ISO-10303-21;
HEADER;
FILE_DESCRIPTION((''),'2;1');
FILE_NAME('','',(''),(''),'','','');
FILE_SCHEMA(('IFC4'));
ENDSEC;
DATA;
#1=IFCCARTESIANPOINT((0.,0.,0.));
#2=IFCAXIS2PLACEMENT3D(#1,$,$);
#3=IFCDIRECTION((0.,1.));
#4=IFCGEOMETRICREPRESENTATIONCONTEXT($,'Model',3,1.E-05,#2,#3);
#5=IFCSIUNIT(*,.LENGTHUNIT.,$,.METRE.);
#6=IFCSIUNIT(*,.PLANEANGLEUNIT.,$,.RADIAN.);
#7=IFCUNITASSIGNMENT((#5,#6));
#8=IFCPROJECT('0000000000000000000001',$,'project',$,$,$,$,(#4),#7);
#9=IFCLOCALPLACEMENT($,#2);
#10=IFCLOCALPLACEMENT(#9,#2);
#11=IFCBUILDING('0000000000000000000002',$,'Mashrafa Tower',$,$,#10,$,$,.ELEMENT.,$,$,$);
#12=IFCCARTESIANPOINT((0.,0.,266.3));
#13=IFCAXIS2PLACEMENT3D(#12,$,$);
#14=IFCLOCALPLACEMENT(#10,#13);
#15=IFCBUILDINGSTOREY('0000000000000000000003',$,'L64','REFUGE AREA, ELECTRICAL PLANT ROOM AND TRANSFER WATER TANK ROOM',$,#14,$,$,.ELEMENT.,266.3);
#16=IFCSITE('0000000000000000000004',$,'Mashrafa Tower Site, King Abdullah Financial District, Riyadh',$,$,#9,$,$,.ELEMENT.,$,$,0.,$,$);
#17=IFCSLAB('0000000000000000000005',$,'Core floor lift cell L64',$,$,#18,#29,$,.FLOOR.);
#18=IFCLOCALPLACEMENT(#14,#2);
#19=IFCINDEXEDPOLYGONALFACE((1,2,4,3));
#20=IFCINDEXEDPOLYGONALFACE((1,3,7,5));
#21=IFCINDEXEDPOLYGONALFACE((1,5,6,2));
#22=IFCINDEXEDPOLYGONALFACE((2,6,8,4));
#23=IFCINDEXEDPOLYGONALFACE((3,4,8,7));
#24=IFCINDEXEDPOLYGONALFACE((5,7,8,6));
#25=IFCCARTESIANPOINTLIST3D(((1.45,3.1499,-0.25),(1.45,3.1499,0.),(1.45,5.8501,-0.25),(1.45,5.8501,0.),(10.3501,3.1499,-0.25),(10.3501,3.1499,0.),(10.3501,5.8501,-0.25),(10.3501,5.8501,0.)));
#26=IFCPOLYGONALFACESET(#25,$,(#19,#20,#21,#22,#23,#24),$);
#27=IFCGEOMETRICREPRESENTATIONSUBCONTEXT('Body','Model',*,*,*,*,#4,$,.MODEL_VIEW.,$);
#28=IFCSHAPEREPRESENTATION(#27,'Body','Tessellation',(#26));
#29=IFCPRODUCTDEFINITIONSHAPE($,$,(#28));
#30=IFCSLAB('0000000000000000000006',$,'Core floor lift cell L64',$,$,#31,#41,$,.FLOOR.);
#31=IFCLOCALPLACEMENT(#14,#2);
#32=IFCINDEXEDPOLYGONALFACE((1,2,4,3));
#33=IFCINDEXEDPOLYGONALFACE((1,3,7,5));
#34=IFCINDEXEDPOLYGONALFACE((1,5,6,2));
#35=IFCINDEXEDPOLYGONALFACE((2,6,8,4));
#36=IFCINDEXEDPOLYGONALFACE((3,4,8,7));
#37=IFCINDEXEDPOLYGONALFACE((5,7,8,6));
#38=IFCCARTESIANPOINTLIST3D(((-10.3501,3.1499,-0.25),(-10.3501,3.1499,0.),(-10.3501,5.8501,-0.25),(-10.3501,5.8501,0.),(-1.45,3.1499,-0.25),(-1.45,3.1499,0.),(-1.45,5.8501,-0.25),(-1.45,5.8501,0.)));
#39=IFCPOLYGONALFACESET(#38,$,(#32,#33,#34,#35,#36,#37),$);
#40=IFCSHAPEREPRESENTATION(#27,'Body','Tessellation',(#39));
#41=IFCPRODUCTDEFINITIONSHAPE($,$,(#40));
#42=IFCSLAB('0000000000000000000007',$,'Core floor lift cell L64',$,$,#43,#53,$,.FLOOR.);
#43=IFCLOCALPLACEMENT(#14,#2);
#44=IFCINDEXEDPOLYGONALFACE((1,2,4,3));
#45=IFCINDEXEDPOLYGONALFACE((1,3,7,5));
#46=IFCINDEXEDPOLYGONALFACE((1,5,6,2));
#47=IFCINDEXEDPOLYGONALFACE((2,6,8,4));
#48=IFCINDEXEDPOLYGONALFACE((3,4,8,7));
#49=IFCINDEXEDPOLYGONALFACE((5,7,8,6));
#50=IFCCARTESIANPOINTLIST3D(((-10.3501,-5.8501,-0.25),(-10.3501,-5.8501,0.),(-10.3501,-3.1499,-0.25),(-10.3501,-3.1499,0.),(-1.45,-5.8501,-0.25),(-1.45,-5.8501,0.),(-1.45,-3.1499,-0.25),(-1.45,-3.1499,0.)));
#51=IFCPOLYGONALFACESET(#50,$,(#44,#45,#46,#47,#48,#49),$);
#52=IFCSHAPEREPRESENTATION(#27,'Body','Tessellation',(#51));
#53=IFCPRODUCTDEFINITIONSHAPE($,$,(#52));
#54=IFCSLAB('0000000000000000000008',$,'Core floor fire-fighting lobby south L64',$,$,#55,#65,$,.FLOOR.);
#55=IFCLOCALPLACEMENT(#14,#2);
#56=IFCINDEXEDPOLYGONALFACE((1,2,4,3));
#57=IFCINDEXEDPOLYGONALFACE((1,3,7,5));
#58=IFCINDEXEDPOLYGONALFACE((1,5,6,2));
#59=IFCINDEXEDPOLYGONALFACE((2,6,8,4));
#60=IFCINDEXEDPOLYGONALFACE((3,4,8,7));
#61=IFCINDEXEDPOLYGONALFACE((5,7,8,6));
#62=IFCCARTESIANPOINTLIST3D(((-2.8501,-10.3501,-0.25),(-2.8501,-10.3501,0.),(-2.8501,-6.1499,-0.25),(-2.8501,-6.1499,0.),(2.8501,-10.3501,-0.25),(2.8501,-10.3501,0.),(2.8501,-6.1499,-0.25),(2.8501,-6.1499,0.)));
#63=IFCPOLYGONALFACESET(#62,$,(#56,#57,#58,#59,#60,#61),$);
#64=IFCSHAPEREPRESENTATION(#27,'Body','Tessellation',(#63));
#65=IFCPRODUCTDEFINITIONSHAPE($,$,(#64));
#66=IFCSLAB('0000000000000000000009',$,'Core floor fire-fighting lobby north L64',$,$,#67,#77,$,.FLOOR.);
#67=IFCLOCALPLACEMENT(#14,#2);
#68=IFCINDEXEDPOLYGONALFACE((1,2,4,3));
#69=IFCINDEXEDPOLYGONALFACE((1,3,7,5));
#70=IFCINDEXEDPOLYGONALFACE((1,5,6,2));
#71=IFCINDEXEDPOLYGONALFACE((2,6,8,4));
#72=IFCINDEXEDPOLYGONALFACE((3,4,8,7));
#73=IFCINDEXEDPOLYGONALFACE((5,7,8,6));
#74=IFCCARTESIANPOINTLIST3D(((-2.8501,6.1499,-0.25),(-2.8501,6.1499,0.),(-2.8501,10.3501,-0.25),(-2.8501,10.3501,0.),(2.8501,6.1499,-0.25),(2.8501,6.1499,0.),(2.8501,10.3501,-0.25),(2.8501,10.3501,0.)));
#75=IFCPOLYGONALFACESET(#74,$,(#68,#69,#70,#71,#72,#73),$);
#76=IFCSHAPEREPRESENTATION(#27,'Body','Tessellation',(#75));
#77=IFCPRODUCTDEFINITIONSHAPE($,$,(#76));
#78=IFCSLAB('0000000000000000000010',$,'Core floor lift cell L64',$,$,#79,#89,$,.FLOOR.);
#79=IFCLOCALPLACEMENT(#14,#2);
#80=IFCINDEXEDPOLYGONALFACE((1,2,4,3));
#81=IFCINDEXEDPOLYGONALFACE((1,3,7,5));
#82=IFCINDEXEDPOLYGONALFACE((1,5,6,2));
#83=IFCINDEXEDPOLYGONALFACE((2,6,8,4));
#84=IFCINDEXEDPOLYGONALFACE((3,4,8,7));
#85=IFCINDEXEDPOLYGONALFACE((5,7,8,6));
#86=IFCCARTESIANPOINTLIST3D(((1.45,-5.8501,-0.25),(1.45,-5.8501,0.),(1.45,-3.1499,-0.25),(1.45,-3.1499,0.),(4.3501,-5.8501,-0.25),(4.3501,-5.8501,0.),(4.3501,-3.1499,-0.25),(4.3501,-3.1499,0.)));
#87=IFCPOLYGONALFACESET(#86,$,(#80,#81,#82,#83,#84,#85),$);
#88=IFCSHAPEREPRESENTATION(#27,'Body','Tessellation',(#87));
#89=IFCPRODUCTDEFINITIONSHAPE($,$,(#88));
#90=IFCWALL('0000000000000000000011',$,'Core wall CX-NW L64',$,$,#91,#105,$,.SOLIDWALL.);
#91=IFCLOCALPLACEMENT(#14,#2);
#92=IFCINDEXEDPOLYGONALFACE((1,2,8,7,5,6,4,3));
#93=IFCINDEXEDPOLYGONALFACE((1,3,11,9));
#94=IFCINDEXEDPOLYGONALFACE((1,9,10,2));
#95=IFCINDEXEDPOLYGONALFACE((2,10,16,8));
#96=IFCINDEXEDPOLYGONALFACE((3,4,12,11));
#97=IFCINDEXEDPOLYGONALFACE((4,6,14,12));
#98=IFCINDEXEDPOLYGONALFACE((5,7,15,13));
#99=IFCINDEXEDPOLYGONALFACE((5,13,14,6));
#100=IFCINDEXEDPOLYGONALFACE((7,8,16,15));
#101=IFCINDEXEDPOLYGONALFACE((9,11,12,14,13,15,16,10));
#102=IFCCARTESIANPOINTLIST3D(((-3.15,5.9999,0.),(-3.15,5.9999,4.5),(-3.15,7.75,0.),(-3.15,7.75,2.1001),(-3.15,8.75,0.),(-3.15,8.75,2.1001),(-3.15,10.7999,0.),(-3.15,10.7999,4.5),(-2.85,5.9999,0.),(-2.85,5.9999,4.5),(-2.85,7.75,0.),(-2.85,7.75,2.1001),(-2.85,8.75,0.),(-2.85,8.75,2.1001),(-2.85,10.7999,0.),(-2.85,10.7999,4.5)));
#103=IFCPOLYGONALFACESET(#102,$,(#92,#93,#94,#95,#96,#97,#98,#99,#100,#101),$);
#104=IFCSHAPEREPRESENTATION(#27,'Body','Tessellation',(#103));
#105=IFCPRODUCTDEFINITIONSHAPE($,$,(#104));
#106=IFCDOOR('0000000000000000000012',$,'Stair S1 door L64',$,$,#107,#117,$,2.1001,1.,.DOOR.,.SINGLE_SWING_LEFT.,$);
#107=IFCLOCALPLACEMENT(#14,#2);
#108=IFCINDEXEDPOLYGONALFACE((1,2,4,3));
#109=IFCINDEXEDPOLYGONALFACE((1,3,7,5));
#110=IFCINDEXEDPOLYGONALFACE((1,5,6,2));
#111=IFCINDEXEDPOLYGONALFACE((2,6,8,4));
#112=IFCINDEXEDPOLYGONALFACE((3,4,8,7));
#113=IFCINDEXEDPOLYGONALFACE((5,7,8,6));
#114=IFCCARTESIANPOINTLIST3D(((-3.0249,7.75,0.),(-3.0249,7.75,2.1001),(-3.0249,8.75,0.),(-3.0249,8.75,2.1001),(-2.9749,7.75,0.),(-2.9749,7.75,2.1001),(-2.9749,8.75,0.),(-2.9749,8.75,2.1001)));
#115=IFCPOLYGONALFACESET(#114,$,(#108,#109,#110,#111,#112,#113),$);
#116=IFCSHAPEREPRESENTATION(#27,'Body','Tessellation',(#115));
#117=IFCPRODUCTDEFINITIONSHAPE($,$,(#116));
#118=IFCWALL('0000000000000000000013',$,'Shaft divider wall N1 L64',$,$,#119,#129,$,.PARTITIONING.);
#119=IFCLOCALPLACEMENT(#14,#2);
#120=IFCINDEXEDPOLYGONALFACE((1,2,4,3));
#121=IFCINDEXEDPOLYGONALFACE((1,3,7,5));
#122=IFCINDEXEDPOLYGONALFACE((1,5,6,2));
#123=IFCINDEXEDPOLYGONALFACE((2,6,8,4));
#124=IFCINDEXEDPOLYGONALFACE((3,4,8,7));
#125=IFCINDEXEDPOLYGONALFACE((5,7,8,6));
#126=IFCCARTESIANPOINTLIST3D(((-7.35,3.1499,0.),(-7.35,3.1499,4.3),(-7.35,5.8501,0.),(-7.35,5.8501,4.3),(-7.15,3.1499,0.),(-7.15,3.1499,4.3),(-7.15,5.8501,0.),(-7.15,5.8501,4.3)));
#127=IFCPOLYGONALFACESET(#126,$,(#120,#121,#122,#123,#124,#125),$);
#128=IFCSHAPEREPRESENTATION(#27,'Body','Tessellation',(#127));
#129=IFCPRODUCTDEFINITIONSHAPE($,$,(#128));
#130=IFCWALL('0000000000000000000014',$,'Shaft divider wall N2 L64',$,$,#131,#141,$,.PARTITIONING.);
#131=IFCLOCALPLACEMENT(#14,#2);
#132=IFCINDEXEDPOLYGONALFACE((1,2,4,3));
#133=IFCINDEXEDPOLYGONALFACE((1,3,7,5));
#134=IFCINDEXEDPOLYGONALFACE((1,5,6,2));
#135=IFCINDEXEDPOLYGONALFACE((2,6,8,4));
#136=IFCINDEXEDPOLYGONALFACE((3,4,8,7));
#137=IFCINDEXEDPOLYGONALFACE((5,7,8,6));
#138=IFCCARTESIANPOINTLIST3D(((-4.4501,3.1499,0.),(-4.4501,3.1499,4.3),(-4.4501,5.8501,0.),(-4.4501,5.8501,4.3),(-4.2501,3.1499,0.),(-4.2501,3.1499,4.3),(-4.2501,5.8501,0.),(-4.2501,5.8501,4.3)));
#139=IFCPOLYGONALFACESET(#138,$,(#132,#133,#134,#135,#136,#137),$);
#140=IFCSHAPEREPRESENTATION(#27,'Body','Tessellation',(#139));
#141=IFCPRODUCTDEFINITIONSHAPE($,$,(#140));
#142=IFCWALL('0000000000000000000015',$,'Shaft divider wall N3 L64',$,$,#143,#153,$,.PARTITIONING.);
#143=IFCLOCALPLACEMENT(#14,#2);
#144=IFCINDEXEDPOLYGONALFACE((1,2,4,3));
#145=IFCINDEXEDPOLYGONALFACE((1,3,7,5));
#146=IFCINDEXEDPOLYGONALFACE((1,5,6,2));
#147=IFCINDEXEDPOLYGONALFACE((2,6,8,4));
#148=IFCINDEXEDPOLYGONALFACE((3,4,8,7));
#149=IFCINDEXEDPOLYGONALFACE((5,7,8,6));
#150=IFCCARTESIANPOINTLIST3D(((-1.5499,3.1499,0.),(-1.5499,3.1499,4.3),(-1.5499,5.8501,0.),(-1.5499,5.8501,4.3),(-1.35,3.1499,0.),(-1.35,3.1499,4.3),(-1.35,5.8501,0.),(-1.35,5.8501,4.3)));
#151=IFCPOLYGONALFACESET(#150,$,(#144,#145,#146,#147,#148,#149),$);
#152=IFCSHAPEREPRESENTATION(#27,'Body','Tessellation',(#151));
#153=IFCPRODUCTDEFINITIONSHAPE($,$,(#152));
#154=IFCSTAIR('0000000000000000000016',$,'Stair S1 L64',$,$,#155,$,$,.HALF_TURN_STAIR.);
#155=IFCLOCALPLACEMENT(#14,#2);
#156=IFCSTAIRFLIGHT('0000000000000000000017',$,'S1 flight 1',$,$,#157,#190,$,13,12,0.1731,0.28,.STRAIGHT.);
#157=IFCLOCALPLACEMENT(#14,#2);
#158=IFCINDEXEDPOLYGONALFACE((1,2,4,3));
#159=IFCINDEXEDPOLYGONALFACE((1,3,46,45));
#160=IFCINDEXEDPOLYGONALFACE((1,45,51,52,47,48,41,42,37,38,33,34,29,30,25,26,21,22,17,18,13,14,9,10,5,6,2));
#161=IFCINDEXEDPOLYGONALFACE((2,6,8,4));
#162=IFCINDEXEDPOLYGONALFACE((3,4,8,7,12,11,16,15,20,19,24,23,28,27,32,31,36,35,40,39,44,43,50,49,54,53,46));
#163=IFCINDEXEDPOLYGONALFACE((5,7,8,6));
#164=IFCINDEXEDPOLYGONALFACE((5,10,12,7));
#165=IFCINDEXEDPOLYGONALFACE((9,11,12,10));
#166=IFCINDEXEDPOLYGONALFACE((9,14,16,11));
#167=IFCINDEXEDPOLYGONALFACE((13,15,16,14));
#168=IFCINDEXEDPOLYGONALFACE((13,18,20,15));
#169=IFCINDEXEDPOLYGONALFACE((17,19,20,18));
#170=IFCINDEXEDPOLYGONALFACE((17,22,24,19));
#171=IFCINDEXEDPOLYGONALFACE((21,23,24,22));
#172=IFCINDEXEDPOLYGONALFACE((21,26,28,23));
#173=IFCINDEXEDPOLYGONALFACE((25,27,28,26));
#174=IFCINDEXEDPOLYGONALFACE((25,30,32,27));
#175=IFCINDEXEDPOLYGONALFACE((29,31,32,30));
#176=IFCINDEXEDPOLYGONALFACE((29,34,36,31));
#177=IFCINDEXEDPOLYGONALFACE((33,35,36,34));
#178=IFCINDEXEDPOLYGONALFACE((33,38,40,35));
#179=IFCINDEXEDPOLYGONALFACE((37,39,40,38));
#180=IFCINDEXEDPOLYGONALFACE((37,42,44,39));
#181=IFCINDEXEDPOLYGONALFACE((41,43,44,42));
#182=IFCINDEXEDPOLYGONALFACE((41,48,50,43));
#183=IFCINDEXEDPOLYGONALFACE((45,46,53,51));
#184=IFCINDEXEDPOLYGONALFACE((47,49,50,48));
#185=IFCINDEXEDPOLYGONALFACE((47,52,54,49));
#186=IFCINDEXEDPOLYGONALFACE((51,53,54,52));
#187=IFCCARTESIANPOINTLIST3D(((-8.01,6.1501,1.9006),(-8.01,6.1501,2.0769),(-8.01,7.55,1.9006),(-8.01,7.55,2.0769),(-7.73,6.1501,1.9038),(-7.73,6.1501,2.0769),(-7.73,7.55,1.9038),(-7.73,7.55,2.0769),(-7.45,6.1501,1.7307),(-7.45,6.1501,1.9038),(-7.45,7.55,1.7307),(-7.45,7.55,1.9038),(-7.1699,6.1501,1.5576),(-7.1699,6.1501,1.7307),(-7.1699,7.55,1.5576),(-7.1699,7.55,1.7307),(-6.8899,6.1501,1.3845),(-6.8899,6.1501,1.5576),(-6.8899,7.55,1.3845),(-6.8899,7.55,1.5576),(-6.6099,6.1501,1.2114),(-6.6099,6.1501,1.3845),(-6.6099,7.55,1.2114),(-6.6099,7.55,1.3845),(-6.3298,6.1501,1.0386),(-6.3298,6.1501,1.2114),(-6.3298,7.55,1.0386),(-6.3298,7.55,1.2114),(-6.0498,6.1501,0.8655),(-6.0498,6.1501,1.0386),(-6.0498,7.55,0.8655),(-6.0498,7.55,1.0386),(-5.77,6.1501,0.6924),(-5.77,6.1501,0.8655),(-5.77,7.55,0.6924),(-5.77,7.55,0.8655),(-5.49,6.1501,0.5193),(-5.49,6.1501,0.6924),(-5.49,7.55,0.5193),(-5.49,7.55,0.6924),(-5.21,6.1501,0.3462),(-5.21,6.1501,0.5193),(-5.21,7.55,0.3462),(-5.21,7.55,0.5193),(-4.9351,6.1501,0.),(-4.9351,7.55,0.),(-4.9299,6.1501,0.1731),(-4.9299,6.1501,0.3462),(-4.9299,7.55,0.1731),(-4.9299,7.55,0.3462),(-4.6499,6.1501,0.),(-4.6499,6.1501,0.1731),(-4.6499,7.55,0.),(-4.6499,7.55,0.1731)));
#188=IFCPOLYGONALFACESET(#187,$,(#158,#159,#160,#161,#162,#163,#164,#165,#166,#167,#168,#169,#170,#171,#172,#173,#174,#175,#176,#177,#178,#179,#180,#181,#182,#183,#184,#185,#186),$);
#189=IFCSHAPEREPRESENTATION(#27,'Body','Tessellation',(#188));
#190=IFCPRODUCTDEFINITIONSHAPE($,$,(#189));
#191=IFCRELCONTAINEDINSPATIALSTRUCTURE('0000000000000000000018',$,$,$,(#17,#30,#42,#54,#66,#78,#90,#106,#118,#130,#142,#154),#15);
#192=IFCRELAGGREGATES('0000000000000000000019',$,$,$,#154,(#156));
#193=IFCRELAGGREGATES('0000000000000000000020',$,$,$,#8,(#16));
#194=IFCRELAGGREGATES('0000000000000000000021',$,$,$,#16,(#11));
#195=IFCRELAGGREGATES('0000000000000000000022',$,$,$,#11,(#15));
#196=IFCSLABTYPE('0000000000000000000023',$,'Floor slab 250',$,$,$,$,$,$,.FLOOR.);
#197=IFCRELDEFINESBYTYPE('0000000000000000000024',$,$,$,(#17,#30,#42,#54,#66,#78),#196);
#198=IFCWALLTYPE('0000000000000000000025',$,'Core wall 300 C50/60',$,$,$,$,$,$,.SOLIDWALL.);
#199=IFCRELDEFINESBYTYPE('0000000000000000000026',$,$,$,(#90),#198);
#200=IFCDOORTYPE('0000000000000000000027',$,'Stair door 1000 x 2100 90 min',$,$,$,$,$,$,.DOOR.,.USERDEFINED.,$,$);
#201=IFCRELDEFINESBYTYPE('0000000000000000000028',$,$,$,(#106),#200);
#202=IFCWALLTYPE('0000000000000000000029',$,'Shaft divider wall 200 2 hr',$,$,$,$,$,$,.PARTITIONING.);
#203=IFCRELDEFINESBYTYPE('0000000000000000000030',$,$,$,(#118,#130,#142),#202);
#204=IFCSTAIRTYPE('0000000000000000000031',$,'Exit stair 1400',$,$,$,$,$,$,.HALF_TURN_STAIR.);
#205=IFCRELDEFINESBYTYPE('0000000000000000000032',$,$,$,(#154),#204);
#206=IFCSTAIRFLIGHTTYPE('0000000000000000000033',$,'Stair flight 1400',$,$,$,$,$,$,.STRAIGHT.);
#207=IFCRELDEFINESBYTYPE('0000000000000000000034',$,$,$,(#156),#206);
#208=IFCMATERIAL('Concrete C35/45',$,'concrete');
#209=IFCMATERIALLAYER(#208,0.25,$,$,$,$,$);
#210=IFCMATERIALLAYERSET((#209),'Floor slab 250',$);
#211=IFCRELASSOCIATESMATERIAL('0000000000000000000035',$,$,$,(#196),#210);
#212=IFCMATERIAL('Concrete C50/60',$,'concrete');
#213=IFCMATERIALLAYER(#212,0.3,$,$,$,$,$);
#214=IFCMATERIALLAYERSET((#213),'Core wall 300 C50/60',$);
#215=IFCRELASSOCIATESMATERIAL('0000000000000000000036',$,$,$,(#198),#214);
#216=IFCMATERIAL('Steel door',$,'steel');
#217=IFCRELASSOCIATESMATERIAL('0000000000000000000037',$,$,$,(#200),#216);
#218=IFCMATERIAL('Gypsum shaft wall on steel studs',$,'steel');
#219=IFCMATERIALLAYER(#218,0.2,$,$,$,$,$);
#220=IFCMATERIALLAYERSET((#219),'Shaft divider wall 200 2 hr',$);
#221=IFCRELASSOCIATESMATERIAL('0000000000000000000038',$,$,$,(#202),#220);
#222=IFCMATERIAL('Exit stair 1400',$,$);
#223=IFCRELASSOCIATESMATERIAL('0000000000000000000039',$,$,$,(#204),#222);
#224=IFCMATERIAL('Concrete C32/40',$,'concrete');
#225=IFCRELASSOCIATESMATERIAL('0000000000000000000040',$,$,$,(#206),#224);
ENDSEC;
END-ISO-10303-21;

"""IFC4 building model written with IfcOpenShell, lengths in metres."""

from ifc_helpers import new_model, si_unit, direction, frame, frame_2d, origin, place, context, subcontext, project, spatial, polyline, rectangle, outline, extrude, material, layer, layer_set, type_object, element, fill, aggregate, save


model = new_model("IFC4")

# Units and contexts
model_context = context("Model", 3, precision=1e-05, world=origin(), true_north=direction((0.0, 1.0)))
body_context = subcontext(model_context, "Body", "Model", "MODEL_VIEW")
ifc_project = project(units=[si_unit("LENGTHUNIT", "METRE"), si_unit("PLANEANGLEUNIT", "RADIAN")], contexts=[model_context])

# Site, building, storey
site_placement = place(None, origin())
site = spatial("IfcSite", under=ifc_project, at=site_placement, Name="Mashrafa Tower Site, King Abdullah Financial District, Riyadh", CompositionType="ELEMENT", RefElevation=0.0)
building_placement = place(site_placement, origin())
building = spatial("IfcBuilding", under=site, at=building_placement, Name="Mashrafa Tower", CompositionType="ELEMENT")
storey_placement = place(building_placement, frame((0.0, 0.0, 266.3)))
storey = spatial("IfcBuildingStorey", under=building, at=storey_placement, Name="L64", Description="REFUGE AREA, ELECTRICAL PLANT ROOM AND TRANSFER WATER TANK ROOM", CompositionType="ELEMENT", Elevation=266.3)

# Slabs
ifc_material_1 = material(Name="Concrete C35/45", Category="concrete")
ifc_layer_1 = layer(ifc_material_1, 0.25)
ifc_layer_set_1 = layer_set([ifc_layer_1], Name="Floor slab 250")
slab_type = type_object("IfcSlabType", Name="Floor slab 250", PredefinedType="FLOOR", material=ifc_layer_set_1)
slab_1_placement = place(storey_placement, frame((0.0, 0.0, -0.25)))
element("IfcSlab", 1, at=slab_1_placement, inside=storey, type_object=slab_type, Name="Core floor lift cell L64", PredefinedType="FLOOR", context=body_context, shape_type="SweptSolid", body=[
    extrude(outline(polyline([(10.3501, 5.8501), (10.3501, 3.1499), (1.45, 3.1499), (1.45, 5.8501), (10.3501, 5.8501)])), origin(), (0.0, 0.0, 1.0), 0.25),
])
slab_2_placement = place(storey_placement, frame((0.0, 0.0, -0.25)))
element("IfcSlab", 2, at=slab_2_placement, inside=storey, type_object=slab_type, Name="Core floor lift cell L64", PredefinedType="FLOOR", context=body_context, shape_type="SweptSolid", body=[
    extrude(outline(polyline([(-1.45, 3.1499), (-10.3501, 3.1499), (-10.3501, 5.8501), (-1.45, 5.8501), (-1.45, 3.1499)])), origin(), (0.0, 0.0, 1.0), 0.25),
])
slab_3_placement = place(storey_placement, frame((0.0, 0.0, -0.25)))
element("IfcSlab", 3, at=slab_3_placement, inside=storey, type_object=slab_type, Name="Core floor lift cell L64", PredefinedType="FLOOR", context=body_context, shape_type="SweptSolid", body=[
    extrude(outline(polyline([(-1.45, -3.1499), (-1.45, -5.8501), (-10.3501, -5.8501), (-10.3501, -3.1499), (-1.45, -3.1499)])), origin(), (0.0, 0.0, 1.0), 0.25),
])
slab_4_placement = place(storey_placement, frame((0.0, 0.0, -0.25)))
element("IfcSlab", 4, at=slab_4_placement, inside=storey, type_object=slab_type, Name="Core floor fire-fighting lobby south L64", PredefinedType="FLOOR", context=body_context, shape_type="SweptSolid", body=[
    extrude(outline(polyline([(2.8501, -6.1499), (2.8501, -10.3501), (-2.8501, -10.3501), (-2.8501, -6.1499), (2.8501, -6.1499)])), origin(), (0.0, 0.0, 1.0), 0.25),
])
slab_5_placement = place(storey_placement, frame((0.0, 0.0, -0.25)))
element("IfcSlab", 5, at=slab_5_placement, inside=storey, type_object=slab_type, Name="Core floor fire-fighting lobby north L64", PredefinedType="FLOOR", context=body_context, shape_type="SweptSolid", body=[
    extrude(outline(polyline([(-2.8501, 10.3501), (2.8501, 10.3501), (2.8501, 6.1499), (-2.8501, 6.1499), (-2.8501, 10.3501)])), origin(), (0.0, 0.0, 1.0), 0.25),
])
slab_6_placement = place(storey_placement, frame((0.0, 0.0, -0.25)))
element("IfcSlab", 6, at=slab_6_placement, inside=storey, type_object=slab_type, Name="Core floor lift cell L64", PredefinedType="FLOOR", context=body_context, shape_type="SweptSolid", body=[
    extrude(outline(polyline([(4.3501, -3.1499), (4.3501, -5.8501), (1.45, -5.8501), (1.45, -3.1499), (4.3501, -3.1499)])), origin(), (0.0, 0.0, 1.0), 0.25),
])

# Wall, opening, door
ifc_material_2 = material(Name="Concrete C50/60", Category="concrete")
ifc_layer_2 = layer(ifc_material_2, 0.3)
ifc_layer_set_2 = layer_set([ifc_layer_2], Name="Core wall 300 C50/60")
wall_type_1 = type_object("IfcWallType", Name="Core wall 300 C50/60", PredefinedType="SOLIDWALL", material=ifc_layer_set_2)
wall_placement = place(storey_placement, frame((-3.0, 6.0, 0.0), z_axis=(0.0, 0.0, 1.0), x_axis=(0.0, 1.0, 0.0)))
wall = element("IfcWall", 7, at=wall_placement, inside=storey, type_object=wall_type_1, Name="Core wall CX-NW L64", PredefinedType="SOLIDWALL", context=body_context, shape_type="SweptSolid", body=[
    extrude(rectangle(XDim=4.8, YDim=0.3, at=frame_2d((2.3999, 0.0))), origin(), (0.0, 0.0, 1.0), 4.5),
])
opening_placement = place(wall_placement, frame((1.75, 0.0, 0.0)))
opening = element("IfcOpeningElement", 8, at=opening_placement, cuts=wall, PredefinedType="OPENING", context=body_context, shape_type="SweptSolid", body=[
    extrude(rectangle(XDim=1.0, YDim=2.1001, at=frame_2d((0.5, 1.05))), frame((0.0, 0.1599, 0.0), z_axis=(0.0, -1.0, 0.0), x_axis=(1.0, 0.0, 0.0)), (0.0, 0.0, 1.0), 0.3201),
])
ifc_material_3 = material(Name="Steel door", Category="steel")
door_type = type_object("IfcDoorType", Name="Stair door 1000 x 2100 90 min", OperationType="USERDEFINED", PredefinedType="DOOR", material=ifc_material_3)
door_placement = place(opening_placement, origin())
door = element("IfcDoor", 9, at=door_placement, inside=storey, type_object=door_type, Name="Stair S1 door L64", OperationType="SINGLE_SWING_LEFT", OverallHeight=2.1001, OverallWidth=1.0, PredefinedType="DOOR", context=body_context, shape_type="SweptSolid", body=[
    extrude(rectangle(XDim=1.0, YDim=2.1001, at=frame_2d((0.5, 1.05))), frame((0.0, 0.0249, 0.0), z_axis=(0.0, -1.0, 0.0), x_axis=(1.0, 0.0, 0.0)), (0.0, 0.0, 1.0), 0.05),
])
fill(opening, door)

# Walls
ifc_material_4 = material(Name="Gypsum shaft wall on steel studs", Category="steel")
ifc_layer_3 = layer(ifc_material_4, 0.2)
ifc_layer_set_3 = layer_set([ifc_layer_3], Name="Shaft divider wall 200 2 hr")
wall_type_2 = type_object("IfcWallType", Name="Shaft divider wall 200 2 hr", PredefinedType="PARTITIONING", material=ifc_layer_set_3)
for number, where, z_axis, x_axis, name in (
    (10, (-7.25, 3.1499, 0.0), (0.0, 0.0, 1.0), (0.0, 1.0, 0.0), "Shaft divider wall N1 L64"),
    (11, (-4.3501, 3.1499, 0.0), (0.0, 0.0, 1.0), (0.0, 1.0, 0.0), "Shaft divider wall N2 L64"),
    (12, (-1.45, 3.1499, 0.0), (0.0, 0.0, 1.0), (0.0, 1.0, 0.0), "Shaft divider wall N3 L64"),
):
    element("IfcWall", number, at=place(storey_placement, frame(where, z_axis=z_axis, x_axis=x_axis)), inside=storey, type_object=wall_type_2, Name=name, PredefinedType="PARTITIONING", context=body_context, shape_type="SweptSolid", body=[
        extrude(rectangle(XDim=2.7002, YDim=0.2, at=frame_2d((1.3501, 0.0))), origin(), (0.0, 0.0, 1.0), 4.3),
    ])

# Stair, stair flight
ifc_material_5 = material(Name="Exit stair 1400")
stair_type = type_object("IfcStairType", Name="Exit stair 1400", PredefinedType="HALF_TURN_STAIR", material=ifc_material_5)
stair_placement = place(storey_placement, origin())
stair = element("IfcStair", 13, at=stair_placement, inside=storey, type_object=stair_type, Name="Stair S1 L64", PredefinedType="HALF_TURN_STAIR")
ifc_material_6 = material(Name="Concrete C32/40", Category="concrete")
stair_flight_type = type_object("IfcStairFlightType", Name="Stair flight 1400", PredefinedType="STRAIGHT", material=ifc_material_6)
stair_flight_1_placement = place(storey_placement, frame((-4.6499, 6.8501, 0.0), z_axis=(0.0, 0.0, 1.0), x_axis=(-1.0, 0.0, 0.0)))
stair_flight_1 = element("IfcStairFlight", 14, at=stair_flight_1_placement, type_object=stair_flight_type, Name="S1 flight 1", NumberOfRisers=13, NumberOfTreads=12, PredefinedType="STRAIGHT", RiserHeight=0.1731, TreadLength=0.28, context=body_context, shape_type="SweptSolid", body=[
    extrude(outline(polyline([(0.0, 0.0), (0.0, 0.1731), (0.28, 0.1731), (0.28, 0.3462), (0.5601, 0.3462), (0.5601, 0.5193), (0.8401, 0.5193), (0.8401, 0.6924), (1.1201, 0.6924), (1.1201, 0.8655), (1.3999, 0.8655), (1.3999, 1.0386), (1.6799, 1.0386), (1.6799, 1.2114), (1.96, 1.2114), (1.96, 1.3845), (2.24, 1.3845), (2.24, 1.5576), (2.52, 1.5576), (2.52, 1.7307), (2.8, 1.7307), (2.8, 1.9038), (3.0801, 1.9038), (3.0801, 2.0769), (3.3601, 2.0769), (3.3601, 2.25), (3.3601, 1.9006), (0.2852, 0.0), (0.0, 0.0)])), frame((0.0, 0.7, 0.0), z_axis=(0.0, -1.0, 0.0), x_axis=(1.0, 0.0, 0.0)), (0.0, 0.0, 1.0), 1.3999),
])
aggregate(stair, [stair_flight_1])

save(model, "model.ifc")
